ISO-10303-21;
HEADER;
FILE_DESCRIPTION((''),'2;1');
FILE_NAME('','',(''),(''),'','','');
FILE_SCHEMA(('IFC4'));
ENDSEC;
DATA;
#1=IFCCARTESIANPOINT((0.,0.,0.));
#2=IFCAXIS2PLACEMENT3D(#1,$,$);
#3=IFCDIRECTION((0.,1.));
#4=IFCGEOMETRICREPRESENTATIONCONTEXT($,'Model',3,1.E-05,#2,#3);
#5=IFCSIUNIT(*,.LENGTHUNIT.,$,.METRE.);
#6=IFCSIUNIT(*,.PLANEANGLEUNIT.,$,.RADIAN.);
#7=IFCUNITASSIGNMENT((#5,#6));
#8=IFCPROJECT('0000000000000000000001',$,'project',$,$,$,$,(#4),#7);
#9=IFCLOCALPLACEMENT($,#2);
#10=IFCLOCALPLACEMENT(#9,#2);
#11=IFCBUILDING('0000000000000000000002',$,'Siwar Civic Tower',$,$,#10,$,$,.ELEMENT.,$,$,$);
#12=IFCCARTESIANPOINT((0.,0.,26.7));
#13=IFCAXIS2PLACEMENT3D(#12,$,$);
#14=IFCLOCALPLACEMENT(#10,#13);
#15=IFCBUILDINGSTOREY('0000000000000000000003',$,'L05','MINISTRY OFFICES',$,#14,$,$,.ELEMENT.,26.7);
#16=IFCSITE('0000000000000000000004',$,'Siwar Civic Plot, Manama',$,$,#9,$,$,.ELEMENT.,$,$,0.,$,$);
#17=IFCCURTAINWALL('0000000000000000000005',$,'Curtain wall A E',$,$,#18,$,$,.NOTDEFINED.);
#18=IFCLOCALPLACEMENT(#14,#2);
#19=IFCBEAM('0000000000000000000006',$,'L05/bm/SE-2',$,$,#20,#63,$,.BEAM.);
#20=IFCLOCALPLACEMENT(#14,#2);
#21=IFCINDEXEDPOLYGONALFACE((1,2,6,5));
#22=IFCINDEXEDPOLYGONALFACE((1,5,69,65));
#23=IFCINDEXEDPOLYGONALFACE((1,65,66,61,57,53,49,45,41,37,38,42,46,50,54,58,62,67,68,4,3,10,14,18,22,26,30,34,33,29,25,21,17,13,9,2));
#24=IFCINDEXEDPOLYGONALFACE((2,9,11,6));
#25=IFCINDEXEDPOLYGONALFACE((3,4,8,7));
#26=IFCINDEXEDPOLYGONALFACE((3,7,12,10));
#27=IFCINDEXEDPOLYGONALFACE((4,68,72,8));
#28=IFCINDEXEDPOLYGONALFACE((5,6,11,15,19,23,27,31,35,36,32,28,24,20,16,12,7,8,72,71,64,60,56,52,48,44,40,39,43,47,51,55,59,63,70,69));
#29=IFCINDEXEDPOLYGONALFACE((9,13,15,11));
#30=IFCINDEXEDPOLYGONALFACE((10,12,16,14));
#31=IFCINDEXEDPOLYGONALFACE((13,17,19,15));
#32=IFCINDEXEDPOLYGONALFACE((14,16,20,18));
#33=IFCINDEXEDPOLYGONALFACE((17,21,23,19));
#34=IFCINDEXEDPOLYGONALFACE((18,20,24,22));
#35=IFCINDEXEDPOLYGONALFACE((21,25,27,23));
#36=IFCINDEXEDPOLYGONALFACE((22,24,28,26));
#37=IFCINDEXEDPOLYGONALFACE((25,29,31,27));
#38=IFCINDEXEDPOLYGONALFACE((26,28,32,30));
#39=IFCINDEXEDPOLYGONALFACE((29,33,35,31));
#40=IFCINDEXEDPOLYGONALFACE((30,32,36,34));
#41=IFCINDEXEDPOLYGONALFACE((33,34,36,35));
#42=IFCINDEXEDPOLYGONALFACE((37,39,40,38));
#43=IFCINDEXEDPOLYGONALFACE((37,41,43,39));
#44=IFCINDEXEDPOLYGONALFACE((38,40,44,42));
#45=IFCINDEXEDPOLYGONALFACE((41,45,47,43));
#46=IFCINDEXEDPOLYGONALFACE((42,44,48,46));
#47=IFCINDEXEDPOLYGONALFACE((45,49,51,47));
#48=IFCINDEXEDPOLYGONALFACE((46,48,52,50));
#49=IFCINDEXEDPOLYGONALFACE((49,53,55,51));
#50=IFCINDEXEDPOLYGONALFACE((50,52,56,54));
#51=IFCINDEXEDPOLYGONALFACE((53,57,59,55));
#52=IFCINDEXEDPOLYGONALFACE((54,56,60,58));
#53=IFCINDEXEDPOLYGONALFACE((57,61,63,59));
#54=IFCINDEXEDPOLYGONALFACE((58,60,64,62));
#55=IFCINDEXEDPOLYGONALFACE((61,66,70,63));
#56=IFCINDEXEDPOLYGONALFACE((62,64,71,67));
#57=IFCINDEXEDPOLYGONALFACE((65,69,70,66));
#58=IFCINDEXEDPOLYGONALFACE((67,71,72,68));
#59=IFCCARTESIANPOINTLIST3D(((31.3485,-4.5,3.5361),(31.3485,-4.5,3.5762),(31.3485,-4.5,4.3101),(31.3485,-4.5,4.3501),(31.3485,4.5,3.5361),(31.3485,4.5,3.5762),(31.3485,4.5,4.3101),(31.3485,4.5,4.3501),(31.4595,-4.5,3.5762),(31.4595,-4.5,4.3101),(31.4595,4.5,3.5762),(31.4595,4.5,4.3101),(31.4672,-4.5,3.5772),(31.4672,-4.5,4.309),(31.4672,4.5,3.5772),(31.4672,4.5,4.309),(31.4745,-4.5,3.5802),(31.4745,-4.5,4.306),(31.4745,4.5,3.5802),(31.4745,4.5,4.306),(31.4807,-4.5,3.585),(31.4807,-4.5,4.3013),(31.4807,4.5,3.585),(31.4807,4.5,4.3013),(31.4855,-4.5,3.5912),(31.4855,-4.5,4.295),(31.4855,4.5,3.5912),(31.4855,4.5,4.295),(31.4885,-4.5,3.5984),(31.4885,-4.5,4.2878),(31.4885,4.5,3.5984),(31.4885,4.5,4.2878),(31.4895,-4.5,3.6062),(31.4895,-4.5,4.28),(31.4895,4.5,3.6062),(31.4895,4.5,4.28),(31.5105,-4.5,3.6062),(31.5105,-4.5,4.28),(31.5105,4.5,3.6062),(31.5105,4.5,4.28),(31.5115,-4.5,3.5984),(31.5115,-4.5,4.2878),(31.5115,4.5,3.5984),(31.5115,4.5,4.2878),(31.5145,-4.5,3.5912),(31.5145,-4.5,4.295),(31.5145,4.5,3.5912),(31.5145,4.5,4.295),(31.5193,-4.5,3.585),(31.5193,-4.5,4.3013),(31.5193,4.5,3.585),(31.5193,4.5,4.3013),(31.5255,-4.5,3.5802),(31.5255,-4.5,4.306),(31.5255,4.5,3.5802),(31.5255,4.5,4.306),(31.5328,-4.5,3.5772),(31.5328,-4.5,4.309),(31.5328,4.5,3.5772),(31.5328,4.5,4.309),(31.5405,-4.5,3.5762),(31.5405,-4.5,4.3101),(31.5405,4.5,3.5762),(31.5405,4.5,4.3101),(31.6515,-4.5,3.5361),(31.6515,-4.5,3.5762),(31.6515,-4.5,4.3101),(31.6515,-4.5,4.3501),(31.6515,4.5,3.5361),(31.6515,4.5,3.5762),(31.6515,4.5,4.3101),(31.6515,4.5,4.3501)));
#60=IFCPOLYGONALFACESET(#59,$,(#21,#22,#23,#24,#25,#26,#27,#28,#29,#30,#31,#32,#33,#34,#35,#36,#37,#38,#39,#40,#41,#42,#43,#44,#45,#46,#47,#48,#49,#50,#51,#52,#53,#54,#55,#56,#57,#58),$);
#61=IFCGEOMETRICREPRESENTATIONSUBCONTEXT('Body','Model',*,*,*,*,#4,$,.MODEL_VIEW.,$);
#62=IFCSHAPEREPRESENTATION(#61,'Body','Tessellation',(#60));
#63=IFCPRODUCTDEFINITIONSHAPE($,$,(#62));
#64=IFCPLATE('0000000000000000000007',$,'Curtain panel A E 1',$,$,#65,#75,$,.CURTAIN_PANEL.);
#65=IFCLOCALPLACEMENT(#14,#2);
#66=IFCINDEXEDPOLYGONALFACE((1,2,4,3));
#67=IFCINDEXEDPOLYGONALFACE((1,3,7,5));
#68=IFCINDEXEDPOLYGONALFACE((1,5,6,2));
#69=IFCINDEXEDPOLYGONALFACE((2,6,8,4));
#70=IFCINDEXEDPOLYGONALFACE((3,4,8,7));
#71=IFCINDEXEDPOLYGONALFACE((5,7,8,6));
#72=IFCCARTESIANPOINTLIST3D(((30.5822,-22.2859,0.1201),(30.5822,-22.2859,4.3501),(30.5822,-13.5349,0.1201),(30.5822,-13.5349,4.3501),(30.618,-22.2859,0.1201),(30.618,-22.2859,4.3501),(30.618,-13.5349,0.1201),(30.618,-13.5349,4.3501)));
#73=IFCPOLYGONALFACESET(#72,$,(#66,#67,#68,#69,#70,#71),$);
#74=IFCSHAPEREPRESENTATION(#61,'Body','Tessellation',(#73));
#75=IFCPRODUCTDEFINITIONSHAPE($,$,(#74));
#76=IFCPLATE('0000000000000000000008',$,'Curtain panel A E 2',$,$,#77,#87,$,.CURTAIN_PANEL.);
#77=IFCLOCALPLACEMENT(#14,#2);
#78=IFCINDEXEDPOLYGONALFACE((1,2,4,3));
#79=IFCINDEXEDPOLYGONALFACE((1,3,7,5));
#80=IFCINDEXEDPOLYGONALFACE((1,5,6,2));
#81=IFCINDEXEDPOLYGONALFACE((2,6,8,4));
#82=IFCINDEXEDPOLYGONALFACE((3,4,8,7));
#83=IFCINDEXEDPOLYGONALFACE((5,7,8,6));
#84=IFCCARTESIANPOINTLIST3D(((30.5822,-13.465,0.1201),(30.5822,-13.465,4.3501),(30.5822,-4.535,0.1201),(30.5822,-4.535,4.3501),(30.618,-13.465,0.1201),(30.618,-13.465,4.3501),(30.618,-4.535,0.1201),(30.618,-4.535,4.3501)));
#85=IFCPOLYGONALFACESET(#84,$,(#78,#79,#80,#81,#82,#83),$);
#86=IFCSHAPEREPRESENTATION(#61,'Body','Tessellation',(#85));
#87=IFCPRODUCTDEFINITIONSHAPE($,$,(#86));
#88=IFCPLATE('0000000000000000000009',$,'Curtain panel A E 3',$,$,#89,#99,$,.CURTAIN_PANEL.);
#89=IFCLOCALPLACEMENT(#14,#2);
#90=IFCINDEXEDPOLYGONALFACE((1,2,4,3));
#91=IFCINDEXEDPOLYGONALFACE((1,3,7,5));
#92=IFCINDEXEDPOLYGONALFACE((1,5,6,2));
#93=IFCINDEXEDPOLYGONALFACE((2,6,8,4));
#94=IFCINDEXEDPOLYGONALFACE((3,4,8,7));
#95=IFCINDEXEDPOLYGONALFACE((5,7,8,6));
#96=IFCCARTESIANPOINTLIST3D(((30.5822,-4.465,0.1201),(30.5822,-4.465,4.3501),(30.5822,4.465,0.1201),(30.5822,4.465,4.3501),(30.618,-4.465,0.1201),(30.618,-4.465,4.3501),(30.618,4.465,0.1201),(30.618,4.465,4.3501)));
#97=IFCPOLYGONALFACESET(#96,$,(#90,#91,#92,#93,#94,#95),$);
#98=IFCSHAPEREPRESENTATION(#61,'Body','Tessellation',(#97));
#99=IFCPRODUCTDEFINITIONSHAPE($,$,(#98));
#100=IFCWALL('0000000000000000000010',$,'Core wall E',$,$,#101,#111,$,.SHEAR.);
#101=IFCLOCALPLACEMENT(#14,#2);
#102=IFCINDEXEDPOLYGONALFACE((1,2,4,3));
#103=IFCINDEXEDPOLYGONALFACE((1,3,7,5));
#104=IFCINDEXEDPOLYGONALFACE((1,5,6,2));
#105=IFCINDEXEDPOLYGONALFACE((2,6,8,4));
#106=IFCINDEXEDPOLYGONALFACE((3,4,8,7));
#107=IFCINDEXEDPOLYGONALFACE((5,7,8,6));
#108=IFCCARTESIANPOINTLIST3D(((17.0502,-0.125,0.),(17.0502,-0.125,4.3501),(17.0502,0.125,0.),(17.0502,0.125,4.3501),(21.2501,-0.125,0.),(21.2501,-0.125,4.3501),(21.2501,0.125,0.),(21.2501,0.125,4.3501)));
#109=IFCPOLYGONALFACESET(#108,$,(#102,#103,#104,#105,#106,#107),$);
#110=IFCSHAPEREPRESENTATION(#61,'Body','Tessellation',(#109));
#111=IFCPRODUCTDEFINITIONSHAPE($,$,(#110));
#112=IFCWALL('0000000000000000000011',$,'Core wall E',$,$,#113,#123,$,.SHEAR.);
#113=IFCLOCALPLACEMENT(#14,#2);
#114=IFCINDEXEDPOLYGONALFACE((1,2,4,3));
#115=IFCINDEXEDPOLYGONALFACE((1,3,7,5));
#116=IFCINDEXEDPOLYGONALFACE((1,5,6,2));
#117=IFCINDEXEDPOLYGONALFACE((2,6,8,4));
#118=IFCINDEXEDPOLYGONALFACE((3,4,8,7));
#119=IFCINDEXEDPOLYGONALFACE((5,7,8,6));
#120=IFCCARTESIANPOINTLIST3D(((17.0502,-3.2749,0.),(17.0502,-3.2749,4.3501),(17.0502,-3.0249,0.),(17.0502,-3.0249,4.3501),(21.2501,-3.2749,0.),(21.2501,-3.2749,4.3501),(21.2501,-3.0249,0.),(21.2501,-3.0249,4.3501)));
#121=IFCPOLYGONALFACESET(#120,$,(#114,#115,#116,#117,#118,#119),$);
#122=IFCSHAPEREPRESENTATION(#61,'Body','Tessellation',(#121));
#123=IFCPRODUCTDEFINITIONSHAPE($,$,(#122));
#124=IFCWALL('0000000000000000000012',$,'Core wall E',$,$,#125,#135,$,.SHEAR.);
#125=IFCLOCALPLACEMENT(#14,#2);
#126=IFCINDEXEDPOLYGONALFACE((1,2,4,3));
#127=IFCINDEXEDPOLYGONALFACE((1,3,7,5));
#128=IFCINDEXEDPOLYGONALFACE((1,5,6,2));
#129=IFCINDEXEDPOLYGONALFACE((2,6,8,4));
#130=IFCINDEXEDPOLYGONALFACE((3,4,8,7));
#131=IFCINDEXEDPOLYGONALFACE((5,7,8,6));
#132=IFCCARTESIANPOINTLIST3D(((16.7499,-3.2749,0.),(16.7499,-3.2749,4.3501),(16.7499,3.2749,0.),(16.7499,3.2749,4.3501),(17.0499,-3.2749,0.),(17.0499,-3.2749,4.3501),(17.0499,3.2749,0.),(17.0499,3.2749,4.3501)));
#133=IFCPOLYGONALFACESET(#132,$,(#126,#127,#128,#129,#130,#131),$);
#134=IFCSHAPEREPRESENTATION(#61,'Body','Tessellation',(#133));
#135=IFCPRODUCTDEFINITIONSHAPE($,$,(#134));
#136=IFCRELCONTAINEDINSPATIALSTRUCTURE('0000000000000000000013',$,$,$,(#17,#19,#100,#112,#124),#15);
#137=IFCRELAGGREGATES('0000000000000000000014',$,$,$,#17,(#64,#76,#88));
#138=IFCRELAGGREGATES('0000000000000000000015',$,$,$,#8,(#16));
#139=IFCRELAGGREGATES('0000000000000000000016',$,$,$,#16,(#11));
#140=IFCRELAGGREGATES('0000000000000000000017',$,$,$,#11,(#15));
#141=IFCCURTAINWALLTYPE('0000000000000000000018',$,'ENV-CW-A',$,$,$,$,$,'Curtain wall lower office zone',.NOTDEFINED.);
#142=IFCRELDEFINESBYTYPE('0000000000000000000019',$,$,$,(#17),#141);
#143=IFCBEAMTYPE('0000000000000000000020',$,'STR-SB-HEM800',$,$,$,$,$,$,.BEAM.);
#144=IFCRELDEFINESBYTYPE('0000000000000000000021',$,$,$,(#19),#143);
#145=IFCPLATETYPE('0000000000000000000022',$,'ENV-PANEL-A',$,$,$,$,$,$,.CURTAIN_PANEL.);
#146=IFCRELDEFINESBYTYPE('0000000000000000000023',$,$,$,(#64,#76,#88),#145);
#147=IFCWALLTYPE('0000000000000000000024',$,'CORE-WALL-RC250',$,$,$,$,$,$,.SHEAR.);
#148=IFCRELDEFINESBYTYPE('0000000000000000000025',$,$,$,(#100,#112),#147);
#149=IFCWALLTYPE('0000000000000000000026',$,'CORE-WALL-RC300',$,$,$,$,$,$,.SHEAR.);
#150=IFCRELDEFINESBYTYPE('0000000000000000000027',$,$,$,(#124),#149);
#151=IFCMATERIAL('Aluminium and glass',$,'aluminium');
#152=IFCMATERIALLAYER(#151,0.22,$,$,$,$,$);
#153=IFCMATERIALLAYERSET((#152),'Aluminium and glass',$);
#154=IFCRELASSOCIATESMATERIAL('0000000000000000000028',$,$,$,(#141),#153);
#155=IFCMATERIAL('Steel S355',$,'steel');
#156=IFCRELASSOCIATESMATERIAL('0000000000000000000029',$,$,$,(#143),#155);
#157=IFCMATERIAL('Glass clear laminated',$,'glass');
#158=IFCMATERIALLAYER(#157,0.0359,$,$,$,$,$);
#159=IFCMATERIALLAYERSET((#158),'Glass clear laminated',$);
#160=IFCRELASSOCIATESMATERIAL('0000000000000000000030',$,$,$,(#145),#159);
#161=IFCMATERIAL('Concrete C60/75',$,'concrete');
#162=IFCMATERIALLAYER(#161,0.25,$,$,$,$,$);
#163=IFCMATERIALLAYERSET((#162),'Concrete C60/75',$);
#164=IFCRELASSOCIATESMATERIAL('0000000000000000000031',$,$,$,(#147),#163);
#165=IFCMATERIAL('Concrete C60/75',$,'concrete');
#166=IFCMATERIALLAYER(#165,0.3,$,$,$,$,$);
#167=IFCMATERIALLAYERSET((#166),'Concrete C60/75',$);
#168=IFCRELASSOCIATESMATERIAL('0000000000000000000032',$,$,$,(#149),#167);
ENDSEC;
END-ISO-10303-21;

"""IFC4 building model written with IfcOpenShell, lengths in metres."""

from ifc_helpers import new_model, si_unit, direction, frame, frame_2d, origin, origin_2d, place, context, subcontext, project, spatial, rectangle, i_section, extrude, material, layer, layer_set, material_profile, profile_set, type_object, element, aggregate, save


model = new_model("IFC4")

# Units and contexts
model_context = context("Model", 3, precision=1e-05, world=origin(), true_north=direction((0.0, 1.0)))
body_context = subcontext(model_context, "Body", "Model", "MODEL_VIEW")
ifc_project = project(units=[si_unit("LENGTHUNIT", "METRE"), si_unit("PLANEANGLEUNIT", "RADIAN")], contexts=[model_context])

# Site, building, storey
site_placement = place(None, origin())
site = spatial("IfcSite", under=ifc_project, at=site_placement, Name="Siwar Civic Plot, Manama", CompositionType="ELEMENT", RefElevation=0.0)
building_placement = place(site_placement, origin())
building = spatial("IfcBuilding", under=site, at=building_placement, Name="Siwar Civic Tower", CompositionType="ELEMENT")
storey_placement = place(building_placement, frame((0.0, 0.0, 26.7)))
storey = spatial("IfcBuildingStorey", under=building, at=storey_placement, Name="L05", Description="MINISTRY OFFICES", CompositionType="ELEMENT", Elevation=26.7)

# Curtain wall
ifc_material_1 = material(Name="Aluminium and glass", Category="aluminium")
ifc_layer_1 = layer(ifc_material_1, 0.22)
ifc_layer_set_1 = layer_set([ifc_layer_1], Name="Aluminium and glass")
curtain_wall_type = type_object("IfcCurtainWallType", Name="ENV-CW-A", ElementType="Curtain wall lower office zone", PredefinedType="NOTDEFINED", material=ifc_layer_set_1)
curtain_wall_placement = place(storey_placement, origin())
curtain_wall = element("IfcCurtainWall", 1, at=curtain_wall_placement, inside=storey, type_object=curtain_wall_type, Name="Curtain wall A E", PredefinedType="NOTDEFINED")

# Beam
ifc_material_2 = material(Name="Steel S355", Category="steel")
ifc_material_profile_1 = material_profile(ifc_material_2, i_section(OverallWidth=0.303, OverallDepth=0.814, WebThickness=0.021, FlangeThickness=0.04, FilletRadius=0.03, at=origin_2d()), Name="HEM800")
ifc_profile_set_1 = profile_set([ifc_material_profile_1], Name="Steel S355")
beam_type_1 = type_object("IfcBeamType", Name="STR-SB-HEM800", PredefinedType="BEAM", material=ifc_profile_set_1)
for number, where, z_axis, x_axis, name in (
    (2, (31.5, -4.5, 3.9431), (0.0, 1.0, 0.0), (-1.0, 0.0, 0.0), "L05/bm/SE-2"),
):
    element("IfcBeam", number, at=place(storey_placement, frame(where, z_axis=z_axis, x_axis=x_axis)), inside=storey, type_object=beam_type_1, Name=name, PredefinedType="BEAM", context=body_context, shape_type="SweptSolid", body=[
        extrude(i_section(OverallWidth=0.303, OverallDepth=0.814, WebThickness=0.021, FlangeThickness=0.04, FilletRadius=0.03, at=origin_2d()), origin(), (0.0, 0.0, 1.0), 9.0),
    ])

# Plates
ifc_material_3 = material(Name="Glass clear laminated", Category="glass")
ifc_layer_2 = layer(ifc_material_3, 0.0359)
ifc_layer_set_2 = layer_set([ifc_layer_2], Name="Glass clear laminated")
plate_type = type_object("IfcPlateType", Name="ENV-PANEL-A", PredefinedType="CURTAIN_PANEL", material=ifc_layer_set_2)
plate_1_placement = place(storey_placement, frame((30.6001, -17.9104, 0.1201), z_axis=(0.0, 0.0, 1.0), x_axis=(0.0, 1.0, 0.0)))
plate_1 = element("IfcPlate", 3, at=plate_1_placement, type_object=plate_type, Name="Curtain panel A E 1", PredefinedType="CURTAIN_PANEL", context=body_context, shape_type="SweptSolid", body=[
    extrude(rectangle(XDim=8.751, YDim=0.0359, at=origin_2d()), origin(), (0.0, 0.0, 1.0), 4.23),
])
plate_2_placement = place(storey_placement, frame((30.6001, -9.0, 0.1201), z_axis=(0.0, 0.0, 1.0), x_axis=(0.0, 1.0, 0.0)))
plate_2 = element("IfcPlate", 4, at=plate_2_placement, type_object=plate_type, Name="Curtain panel A E 2", PredefinedType="CURTAIN_PANEL", context=body_context, shape_type="SweptSolid", body=[
    extrude(rectangle(XDim=8.9299, YDim=0.0359, at=origin_2d()), origin(), (0.0, 0.0, 1.0), 4.23),
])
plate_3_placement = place(storey_placement, frame((30.6001, 0.0, 0.1201), z_axis=(0.0, 0.0, 1.0), x_axis=(0.0, 1.0, 0.0)))
plate_3 = element("IfcPlate", 5, at=plate_3_placement, type_object=plate_type, Name="Curtain panel A E 3", PredefinedType="CURTAIN_PANEL", context=body_context, shape_type="SweptSolid", body=[
    extrude(rectangle(XDim=8.9299, YDim=0.0359, at=origin_2d()), origin(), (0.0, 0.0, 1.0), 4.23),
])
aggregate(curtain_wall, [plate_1, plate_2, plate_3])

# Walls
ifc_material_4 = material(Name="Concrete C60/75", Category="concrete")
ifc_layer_3 = layer(ifc_material_4, 0.25)
ifc_layer_set_3 = layer_set([ifc_layer_3], Name="Concrete C60/75")
wall_type_1 = type_object("IfcWallType", Name="CORE-WALL-RC250", PredefinedType="SHEAR", material=ifc_layer_set_3)
for number, where, z_axis, x_axis, name in (
    (6, (17.05, 0.0, 0.0), (0.0, 0.0, 1.0), (1.0, 0.0, 0.0), "Core wall E"),
    (7, (17.05, -3.1499, 0.0), (0.0, 0.0, 1.0), (1.0, 0.0, 0.0), "Core wall E"),
):
    element("IfcWall", number, at=place(storey_placement, frame(where, z_axis=z_axis, x_axis=x_axis)), inside=storey, type_object=wall_type_1, Name=name, PredefinedType="SHEAR", context=body_context, shape_type="SweptSolid", body=[
        extrude(rectangle(XDim=4.2, YDim=0.25, at=frame_2d((2.1001, 0.0))), origin(), (0.0, 0.0, 1.0), 4.3501),
    ])
ifc_material_5 = material(Name="Concrete C60/75", Category="concrete")
ifc_layer_4 = layer(ifc_material_5, 0.3)
ifc_layer_set_4 = layer_set([ifc_layer_4], Name="Concrete C60/75")
wall_type_2 = type_object("IfcWallType", Name="CORE-WALL-RC300", PredefinedType="SHEAR", material=ifc_layer_set_4)
wall_1_placement = place(storey_placement, frame((16.8999, -3.2749, 0.0), z_axis=(0.0, 0.0, 1.0), x_axis=(0.0, 1.0, 0.0)))
element("IfcWall", 8, at=wall_1_placement, inside=storey, type_object=wall_type_2, Name="Core wall E", PredefinedType="SHEAR", context=body_context, shape_type="SweptSolid", body=[
    extrude(rectangle(XDim=6.5498, YDim=0.3, at=frame_2d((3.2749, 0.0))), origin(), (0.0, 0.0, 1.0), 4.3501),
])

save(model, "model.ifc")
